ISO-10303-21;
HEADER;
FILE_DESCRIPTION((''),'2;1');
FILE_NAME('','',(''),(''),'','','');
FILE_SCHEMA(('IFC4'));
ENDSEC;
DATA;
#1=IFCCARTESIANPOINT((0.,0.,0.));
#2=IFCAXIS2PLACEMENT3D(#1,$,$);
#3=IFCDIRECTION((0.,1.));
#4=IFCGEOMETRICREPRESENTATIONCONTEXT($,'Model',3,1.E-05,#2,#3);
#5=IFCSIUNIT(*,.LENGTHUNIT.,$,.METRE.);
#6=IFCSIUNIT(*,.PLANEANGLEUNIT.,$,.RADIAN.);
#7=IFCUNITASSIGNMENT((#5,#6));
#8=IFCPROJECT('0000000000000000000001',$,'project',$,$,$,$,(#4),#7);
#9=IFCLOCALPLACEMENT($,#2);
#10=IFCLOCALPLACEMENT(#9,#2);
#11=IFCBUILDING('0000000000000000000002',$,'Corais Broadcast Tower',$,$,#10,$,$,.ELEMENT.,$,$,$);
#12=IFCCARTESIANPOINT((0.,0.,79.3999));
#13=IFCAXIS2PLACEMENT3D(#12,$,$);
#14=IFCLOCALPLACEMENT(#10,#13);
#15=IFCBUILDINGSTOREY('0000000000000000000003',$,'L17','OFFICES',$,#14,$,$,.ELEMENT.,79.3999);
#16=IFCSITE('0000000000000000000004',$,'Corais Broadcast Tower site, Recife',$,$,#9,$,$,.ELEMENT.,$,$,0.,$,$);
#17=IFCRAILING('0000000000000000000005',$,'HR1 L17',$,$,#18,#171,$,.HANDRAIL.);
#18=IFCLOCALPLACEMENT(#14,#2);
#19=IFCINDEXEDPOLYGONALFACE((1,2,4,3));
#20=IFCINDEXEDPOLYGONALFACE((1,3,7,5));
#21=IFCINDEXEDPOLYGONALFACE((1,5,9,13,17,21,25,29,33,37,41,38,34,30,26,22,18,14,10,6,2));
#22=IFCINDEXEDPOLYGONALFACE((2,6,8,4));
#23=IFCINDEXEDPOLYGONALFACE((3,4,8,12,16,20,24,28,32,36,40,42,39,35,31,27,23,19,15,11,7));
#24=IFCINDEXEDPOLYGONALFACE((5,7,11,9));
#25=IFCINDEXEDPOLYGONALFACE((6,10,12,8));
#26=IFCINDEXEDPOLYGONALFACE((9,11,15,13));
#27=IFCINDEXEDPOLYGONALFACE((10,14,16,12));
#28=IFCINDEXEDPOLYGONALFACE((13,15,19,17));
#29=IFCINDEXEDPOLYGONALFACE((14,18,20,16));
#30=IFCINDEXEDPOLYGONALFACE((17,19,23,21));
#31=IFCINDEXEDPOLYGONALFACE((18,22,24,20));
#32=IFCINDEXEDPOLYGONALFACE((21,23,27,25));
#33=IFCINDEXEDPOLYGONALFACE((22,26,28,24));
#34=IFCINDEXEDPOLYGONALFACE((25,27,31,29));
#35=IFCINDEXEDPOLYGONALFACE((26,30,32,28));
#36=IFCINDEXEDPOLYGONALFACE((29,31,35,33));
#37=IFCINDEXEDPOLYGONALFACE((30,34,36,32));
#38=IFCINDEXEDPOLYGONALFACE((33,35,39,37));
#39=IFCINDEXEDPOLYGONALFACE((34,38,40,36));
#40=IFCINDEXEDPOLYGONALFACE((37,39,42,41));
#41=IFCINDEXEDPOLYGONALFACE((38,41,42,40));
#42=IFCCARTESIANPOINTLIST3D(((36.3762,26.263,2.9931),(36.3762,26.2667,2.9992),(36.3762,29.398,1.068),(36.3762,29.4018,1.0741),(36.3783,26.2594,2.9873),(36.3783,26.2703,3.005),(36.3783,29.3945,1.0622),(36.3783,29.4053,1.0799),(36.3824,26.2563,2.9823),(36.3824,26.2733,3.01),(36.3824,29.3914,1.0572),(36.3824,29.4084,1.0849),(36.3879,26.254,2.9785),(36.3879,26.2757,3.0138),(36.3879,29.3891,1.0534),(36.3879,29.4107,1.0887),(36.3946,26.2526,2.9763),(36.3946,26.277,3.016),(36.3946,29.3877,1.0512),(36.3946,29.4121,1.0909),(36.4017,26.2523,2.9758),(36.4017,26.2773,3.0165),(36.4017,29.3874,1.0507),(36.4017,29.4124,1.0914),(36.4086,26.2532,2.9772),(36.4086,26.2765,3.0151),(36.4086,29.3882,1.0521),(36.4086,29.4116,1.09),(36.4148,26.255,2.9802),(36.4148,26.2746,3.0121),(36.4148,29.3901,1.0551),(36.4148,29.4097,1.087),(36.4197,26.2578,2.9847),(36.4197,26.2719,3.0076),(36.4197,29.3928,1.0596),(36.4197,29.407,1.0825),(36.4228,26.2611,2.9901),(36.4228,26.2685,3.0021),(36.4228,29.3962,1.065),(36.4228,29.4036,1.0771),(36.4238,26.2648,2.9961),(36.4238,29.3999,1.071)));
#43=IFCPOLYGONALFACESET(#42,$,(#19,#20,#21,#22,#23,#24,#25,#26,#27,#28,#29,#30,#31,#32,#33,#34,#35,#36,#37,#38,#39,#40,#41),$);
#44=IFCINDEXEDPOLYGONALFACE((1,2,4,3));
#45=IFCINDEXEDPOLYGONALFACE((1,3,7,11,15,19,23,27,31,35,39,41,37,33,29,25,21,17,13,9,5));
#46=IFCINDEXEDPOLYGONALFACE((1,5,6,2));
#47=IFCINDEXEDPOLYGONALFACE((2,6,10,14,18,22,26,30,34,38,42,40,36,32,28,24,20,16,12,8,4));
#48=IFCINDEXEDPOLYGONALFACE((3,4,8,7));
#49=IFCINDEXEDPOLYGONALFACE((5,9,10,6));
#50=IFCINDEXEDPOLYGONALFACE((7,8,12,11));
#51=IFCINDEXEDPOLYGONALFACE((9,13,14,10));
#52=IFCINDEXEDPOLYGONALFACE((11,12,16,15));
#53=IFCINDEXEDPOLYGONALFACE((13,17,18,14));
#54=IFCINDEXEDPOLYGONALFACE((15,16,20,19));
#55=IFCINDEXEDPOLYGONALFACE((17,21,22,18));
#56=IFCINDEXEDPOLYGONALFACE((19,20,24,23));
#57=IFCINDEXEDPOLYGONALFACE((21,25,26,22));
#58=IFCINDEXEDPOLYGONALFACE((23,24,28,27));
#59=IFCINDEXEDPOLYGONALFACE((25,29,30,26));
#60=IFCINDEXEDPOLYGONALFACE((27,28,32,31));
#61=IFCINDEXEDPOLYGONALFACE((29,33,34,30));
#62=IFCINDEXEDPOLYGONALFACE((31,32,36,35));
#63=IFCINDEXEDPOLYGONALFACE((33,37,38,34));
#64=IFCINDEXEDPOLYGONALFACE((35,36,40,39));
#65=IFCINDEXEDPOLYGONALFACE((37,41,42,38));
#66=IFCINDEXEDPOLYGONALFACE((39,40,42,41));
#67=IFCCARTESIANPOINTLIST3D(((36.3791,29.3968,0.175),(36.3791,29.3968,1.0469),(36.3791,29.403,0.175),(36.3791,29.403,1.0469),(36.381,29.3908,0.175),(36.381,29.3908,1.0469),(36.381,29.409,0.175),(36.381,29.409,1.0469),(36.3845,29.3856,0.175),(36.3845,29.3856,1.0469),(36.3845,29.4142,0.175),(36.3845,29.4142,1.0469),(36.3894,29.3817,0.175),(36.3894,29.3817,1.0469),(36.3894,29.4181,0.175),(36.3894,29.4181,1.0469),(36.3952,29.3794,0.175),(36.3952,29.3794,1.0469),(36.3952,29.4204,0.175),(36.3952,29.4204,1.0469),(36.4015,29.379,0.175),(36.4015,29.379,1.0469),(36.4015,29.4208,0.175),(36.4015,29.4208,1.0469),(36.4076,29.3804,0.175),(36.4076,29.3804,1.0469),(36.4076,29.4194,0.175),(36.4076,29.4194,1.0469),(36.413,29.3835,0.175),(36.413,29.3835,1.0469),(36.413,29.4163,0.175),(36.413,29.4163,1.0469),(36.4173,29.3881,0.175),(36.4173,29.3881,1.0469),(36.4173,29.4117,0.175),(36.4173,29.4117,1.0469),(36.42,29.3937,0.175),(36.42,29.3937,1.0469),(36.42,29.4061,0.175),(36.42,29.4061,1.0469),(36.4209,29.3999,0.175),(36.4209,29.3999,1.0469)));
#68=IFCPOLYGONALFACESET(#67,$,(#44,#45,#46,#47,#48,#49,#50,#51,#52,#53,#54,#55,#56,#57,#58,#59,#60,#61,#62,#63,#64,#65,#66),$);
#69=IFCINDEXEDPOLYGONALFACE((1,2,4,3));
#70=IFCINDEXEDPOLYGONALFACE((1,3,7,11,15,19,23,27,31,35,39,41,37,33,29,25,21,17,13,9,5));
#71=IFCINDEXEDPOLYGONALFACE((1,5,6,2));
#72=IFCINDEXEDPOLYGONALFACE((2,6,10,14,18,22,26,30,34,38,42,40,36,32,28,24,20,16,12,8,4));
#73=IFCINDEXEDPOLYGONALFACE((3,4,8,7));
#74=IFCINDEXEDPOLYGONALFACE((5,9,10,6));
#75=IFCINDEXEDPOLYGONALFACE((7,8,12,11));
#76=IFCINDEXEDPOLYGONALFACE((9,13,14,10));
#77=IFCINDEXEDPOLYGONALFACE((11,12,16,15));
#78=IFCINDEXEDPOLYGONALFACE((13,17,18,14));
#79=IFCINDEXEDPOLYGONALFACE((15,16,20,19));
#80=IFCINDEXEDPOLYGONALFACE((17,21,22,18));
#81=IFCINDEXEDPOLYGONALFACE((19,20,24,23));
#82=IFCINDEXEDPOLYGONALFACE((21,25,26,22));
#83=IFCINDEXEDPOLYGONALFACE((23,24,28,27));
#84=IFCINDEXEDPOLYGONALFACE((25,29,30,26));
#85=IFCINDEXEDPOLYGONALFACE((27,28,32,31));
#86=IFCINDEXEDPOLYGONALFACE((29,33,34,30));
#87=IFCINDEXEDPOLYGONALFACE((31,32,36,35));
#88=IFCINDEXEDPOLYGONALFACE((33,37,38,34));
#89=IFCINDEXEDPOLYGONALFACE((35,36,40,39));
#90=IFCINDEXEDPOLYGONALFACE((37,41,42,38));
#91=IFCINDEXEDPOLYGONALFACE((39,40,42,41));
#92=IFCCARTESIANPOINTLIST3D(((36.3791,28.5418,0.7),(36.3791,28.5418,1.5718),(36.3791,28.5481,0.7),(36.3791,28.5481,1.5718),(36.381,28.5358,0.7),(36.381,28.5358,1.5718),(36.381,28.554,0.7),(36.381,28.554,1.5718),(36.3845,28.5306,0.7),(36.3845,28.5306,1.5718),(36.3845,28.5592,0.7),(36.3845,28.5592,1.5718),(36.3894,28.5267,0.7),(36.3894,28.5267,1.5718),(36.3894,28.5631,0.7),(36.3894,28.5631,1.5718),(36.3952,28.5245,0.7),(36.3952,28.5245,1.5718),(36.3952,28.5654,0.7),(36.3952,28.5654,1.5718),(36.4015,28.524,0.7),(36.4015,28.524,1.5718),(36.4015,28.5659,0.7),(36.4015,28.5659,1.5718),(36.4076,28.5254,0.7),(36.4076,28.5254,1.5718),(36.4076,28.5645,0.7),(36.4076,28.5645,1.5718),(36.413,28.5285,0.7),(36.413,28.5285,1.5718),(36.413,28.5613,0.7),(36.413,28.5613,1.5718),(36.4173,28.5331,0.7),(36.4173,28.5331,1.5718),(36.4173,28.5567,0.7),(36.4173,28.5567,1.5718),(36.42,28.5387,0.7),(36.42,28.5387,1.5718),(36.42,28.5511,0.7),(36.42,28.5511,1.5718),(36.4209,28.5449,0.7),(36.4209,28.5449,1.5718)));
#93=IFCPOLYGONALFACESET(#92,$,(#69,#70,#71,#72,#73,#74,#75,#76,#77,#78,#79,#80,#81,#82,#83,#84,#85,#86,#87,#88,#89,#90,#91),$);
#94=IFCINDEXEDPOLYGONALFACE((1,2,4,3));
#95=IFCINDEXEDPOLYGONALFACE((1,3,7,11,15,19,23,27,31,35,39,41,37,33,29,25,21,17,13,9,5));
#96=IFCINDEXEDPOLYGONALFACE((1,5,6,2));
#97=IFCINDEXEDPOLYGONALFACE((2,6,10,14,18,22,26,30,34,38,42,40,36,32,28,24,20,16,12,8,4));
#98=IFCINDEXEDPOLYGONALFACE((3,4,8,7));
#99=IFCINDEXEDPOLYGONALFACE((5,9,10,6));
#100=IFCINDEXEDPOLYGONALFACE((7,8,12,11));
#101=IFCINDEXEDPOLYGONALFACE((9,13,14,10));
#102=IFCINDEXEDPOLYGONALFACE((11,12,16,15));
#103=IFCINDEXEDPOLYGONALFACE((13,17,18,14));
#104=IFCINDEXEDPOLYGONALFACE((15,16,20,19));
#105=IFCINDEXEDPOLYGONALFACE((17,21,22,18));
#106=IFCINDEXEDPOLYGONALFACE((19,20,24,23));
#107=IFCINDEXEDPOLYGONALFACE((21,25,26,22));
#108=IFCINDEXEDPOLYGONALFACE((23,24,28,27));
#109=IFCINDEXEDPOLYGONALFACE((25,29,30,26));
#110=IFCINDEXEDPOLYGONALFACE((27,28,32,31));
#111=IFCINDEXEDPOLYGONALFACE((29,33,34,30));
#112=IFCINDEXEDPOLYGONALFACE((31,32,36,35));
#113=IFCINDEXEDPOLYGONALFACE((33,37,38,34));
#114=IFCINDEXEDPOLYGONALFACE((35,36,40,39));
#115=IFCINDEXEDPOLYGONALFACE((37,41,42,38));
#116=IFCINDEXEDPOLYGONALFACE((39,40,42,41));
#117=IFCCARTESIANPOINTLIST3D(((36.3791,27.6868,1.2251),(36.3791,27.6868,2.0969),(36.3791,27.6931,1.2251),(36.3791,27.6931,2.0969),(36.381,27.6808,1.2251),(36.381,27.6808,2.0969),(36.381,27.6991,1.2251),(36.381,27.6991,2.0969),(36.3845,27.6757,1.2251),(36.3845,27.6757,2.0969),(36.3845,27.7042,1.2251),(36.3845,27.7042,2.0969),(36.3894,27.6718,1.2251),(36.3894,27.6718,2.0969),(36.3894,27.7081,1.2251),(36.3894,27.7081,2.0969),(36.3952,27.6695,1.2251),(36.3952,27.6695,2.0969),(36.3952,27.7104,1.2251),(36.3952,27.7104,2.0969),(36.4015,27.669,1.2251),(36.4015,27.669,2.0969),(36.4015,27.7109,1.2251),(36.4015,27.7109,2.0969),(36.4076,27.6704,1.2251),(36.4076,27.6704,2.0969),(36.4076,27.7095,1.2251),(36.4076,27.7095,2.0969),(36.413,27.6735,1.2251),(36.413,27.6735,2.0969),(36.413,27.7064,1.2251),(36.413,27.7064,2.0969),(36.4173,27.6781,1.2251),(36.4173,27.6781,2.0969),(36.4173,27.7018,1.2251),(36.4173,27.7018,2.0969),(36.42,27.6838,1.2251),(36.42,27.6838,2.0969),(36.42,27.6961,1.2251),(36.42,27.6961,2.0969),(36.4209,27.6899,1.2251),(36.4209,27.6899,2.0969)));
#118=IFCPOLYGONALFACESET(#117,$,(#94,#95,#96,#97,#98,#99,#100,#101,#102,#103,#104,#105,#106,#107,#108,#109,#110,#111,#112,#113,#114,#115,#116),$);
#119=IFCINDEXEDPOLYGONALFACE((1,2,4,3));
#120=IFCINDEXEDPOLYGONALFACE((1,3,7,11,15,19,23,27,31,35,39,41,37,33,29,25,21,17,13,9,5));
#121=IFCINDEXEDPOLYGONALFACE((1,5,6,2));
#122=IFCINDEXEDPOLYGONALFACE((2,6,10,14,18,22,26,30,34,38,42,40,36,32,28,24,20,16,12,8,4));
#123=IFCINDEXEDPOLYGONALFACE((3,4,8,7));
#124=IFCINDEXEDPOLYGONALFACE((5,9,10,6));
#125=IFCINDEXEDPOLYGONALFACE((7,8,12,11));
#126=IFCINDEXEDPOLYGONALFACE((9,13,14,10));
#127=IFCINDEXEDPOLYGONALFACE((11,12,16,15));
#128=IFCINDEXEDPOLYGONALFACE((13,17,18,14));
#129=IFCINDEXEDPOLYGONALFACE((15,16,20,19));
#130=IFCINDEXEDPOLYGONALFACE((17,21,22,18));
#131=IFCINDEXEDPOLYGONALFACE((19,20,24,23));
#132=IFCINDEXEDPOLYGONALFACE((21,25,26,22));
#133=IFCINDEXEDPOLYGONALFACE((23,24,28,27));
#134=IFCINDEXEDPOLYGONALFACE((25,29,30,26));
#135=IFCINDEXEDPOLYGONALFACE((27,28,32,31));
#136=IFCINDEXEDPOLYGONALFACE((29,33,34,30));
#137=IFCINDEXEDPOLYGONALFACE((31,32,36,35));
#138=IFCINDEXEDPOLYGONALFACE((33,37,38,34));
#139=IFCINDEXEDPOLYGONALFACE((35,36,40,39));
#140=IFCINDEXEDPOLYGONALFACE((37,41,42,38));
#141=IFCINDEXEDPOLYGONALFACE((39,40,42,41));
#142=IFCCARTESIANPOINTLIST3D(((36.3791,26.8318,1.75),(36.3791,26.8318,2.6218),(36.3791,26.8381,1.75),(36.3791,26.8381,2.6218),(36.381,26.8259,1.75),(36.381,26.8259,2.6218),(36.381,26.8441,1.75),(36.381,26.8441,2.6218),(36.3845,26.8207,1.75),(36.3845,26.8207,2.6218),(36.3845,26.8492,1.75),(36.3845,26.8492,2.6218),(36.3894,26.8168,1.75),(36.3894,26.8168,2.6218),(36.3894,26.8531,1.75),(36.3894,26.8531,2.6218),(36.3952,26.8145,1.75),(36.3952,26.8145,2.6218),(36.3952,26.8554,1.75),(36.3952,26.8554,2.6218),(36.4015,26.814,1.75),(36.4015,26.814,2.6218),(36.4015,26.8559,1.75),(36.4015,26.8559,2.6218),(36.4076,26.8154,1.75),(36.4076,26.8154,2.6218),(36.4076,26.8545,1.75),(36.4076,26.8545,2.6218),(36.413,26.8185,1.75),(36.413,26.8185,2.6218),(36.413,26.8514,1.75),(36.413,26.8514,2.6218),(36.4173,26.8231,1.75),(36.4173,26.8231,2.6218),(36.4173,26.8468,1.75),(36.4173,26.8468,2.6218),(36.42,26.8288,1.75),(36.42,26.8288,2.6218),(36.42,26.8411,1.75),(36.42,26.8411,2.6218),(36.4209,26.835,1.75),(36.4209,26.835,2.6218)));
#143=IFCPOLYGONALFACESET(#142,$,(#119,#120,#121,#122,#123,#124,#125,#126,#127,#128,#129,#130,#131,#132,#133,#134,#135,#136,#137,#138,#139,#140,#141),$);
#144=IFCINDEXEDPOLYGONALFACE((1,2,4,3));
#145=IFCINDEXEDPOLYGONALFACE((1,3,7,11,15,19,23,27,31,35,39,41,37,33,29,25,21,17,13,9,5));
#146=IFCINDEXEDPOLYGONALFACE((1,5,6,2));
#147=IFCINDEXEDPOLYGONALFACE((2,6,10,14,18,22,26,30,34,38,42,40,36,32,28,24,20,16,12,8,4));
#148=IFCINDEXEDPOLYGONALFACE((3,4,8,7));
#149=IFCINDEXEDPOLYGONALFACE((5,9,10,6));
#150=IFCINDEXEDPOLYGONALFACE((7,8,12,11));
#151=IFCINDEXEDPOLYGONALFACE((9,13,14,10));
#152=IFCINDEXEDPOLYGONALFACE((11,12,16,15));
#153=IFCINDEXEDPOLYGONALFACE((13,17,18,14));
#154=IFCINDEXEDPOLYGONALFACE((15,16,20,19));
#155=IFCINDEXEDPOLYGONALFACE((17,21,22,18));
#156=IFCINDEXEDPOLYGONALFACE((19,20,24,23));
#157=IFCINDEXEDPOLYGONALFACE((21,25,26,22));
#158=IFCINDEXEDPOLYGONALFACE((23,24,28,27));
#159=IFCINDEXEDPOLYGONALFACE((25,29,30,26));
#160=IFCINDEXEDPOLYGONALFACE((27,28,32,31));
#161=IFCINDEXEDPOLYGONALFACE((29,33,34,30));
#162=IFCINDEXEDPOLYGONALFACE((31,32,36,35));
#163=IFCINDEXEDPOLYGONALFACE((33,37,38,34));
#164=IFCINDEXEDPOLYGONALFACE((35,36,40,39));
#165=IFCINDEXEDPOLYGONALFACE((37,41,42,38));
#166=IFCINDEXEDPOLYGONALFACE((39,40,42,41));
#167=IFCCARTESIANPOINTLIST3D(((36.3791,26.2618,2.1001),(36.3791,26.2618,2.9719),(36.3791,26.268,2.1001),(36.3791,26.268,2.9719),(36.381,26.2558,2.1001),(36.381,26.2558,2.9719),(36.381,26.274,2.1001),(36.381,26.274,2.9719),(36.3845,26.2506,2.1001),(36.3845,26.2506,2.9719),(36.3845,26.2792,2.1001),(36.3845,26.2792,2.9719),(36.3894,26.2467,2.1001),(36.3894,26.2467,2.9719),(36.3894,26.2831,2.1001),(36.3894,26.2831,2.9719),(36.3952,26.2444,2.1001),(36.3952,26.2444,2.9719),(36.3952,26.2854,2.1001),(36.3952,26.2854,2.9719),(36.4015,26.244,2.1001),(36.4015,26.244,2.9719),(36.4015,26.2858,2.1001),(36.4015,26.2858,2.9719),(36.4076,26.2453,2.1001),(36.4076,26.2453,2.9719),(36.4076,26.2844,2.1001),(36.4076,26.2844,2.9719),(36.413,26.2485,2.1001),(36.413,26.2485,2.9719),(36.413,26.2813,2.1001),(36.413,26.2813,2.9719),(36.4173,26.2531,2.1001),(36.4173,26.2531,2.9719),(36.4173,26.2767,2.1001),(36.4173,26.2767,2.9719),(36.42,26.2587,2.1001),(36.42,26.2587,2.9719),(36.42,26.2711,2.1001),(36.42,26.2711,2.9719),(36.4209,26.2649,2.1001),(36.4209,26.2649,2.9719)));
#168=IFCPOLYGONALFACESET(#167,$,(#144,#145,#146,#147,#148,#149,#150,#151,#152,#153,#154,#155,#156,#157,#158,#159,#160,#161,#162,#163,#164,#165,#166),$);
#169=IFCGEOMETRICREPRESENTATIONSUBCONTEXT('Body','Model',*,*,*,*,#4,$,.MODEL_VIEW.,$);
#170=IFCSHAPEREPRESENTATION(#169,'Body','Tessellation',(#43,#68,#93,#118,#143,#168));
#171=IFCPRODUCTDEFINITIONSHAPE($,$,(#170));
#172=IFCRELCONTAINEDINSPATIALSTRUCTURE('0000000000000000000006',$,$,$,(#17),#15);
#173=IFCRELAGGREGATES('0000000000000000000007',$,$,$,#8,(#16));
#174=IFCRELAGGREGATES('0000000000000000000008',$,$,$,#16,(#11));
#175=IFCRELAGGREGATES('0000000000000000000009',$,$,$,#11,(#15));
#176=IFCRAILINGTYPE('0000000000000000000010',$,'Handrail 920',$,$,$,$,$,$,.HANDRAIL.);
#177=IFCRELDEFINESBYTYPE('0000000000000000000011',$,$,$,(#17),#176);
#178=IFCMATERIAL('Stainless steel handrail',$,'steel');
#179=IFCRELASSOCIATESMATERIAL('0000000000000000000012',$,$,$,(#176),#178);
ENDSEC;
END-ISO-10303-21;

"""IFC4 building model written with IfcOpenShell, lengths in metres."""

from ifc_helpers import new_model, si_unit, direction, frame, origin, origin_2d, place, context, subcontext, project, spatial, circle, extrude, material, type_object, element, save


model = new_model("IFC4")

# Units and contexts
model_context = context("Model", 3, precision=1e-05, world=origin(), true_north=direction((0.0, 1.0)))
body_context = subcontext(model_context, "Body", "Model", "MODEL_VIEW")
ifc_project = project(units=[si_unit("LENGTHUNIT", "METRE"), si_unit("PLANEANGLEUNIT", "RADIAN")], contexts=[model_context])

# Site, building, storey
site_placement = place(None, origin())
site = spatial("IfcSite", under=ifc_project, at=site_placement, Name="Corais Broadcast Tower site, Recife", CompositionType="ELEMENT", RefElevation=0.0)
building_placement = place(site_placement, origin())
building = spatial("IfcBuilding", under=site, at=building_placement, Name="Corais Broadcast Tower", CompositionType="ELEMENT")
storey_placement = place(building_placement, frame((0.0, 0.0, 79.3999)))
storey = spatial("IfcBuildingStorey", under=building, at=storey_placement, Name="L17", Description="OFFICES", CompositionType="ELEMENT", Elevation=79.3999)

# Railing
ifc_material_1 = material(Name="Stainless steel handrail", Category="steel")
railing_type = type_object("IfcRailingType", Name="Handrail 920", PredefinedType="HANDRAIL", material=ifc_material_1)
for number, where, name in (
    (1, (36.3999, 29.3999, 0.175), "HR1 L17"),
):
    element("IfcRailing", number, at=place(storey_placement, frame(where)), inside=storey, type_object=railing_type, Name=name, PredefinedType="HANDRAIL", context=body_context, shape_type="SweptSolid", body=[
        extrude(circle(Radius=0.0239, at=origin_2d()), frame((0.0, 0.0, 0.896), z_axis=(0.0, -0.852166, 0.523271), x_axis=(1.0, 0.0, 0.0)), (0.0, 0.0, 1.0), 3.679),
        extrude(circle(Radius=0.021, at=origin_2d()), origin(), (0.0, 0.0, 1.0), 0.8718),
        extrude(circle(Radius=0.021, at=origin_2d()), frame((0.0, -0.855, 0.5249)), (0.0, 0.0, 1.0), 0.8718),
        extrude(circle(Radius=0.021, at=origin_2d()), frame((0.0, -1.71, 1.05)), (0.0, 0.0, 1.0), 0.8718),
        extrude(circle(Radius=0.021, at=origin_2d()), frame((0.0, -2.5649, 1.575)), (0.0, 0.0, 1.0), 0.8718),
        extrude(circle(Radius=0.021, at=origin_2d()), frame((0.0, -3.135, 1.925)), (0.0, 0.0, 1.0), 0.8718),
    ])

save(model, "model.ifc")
